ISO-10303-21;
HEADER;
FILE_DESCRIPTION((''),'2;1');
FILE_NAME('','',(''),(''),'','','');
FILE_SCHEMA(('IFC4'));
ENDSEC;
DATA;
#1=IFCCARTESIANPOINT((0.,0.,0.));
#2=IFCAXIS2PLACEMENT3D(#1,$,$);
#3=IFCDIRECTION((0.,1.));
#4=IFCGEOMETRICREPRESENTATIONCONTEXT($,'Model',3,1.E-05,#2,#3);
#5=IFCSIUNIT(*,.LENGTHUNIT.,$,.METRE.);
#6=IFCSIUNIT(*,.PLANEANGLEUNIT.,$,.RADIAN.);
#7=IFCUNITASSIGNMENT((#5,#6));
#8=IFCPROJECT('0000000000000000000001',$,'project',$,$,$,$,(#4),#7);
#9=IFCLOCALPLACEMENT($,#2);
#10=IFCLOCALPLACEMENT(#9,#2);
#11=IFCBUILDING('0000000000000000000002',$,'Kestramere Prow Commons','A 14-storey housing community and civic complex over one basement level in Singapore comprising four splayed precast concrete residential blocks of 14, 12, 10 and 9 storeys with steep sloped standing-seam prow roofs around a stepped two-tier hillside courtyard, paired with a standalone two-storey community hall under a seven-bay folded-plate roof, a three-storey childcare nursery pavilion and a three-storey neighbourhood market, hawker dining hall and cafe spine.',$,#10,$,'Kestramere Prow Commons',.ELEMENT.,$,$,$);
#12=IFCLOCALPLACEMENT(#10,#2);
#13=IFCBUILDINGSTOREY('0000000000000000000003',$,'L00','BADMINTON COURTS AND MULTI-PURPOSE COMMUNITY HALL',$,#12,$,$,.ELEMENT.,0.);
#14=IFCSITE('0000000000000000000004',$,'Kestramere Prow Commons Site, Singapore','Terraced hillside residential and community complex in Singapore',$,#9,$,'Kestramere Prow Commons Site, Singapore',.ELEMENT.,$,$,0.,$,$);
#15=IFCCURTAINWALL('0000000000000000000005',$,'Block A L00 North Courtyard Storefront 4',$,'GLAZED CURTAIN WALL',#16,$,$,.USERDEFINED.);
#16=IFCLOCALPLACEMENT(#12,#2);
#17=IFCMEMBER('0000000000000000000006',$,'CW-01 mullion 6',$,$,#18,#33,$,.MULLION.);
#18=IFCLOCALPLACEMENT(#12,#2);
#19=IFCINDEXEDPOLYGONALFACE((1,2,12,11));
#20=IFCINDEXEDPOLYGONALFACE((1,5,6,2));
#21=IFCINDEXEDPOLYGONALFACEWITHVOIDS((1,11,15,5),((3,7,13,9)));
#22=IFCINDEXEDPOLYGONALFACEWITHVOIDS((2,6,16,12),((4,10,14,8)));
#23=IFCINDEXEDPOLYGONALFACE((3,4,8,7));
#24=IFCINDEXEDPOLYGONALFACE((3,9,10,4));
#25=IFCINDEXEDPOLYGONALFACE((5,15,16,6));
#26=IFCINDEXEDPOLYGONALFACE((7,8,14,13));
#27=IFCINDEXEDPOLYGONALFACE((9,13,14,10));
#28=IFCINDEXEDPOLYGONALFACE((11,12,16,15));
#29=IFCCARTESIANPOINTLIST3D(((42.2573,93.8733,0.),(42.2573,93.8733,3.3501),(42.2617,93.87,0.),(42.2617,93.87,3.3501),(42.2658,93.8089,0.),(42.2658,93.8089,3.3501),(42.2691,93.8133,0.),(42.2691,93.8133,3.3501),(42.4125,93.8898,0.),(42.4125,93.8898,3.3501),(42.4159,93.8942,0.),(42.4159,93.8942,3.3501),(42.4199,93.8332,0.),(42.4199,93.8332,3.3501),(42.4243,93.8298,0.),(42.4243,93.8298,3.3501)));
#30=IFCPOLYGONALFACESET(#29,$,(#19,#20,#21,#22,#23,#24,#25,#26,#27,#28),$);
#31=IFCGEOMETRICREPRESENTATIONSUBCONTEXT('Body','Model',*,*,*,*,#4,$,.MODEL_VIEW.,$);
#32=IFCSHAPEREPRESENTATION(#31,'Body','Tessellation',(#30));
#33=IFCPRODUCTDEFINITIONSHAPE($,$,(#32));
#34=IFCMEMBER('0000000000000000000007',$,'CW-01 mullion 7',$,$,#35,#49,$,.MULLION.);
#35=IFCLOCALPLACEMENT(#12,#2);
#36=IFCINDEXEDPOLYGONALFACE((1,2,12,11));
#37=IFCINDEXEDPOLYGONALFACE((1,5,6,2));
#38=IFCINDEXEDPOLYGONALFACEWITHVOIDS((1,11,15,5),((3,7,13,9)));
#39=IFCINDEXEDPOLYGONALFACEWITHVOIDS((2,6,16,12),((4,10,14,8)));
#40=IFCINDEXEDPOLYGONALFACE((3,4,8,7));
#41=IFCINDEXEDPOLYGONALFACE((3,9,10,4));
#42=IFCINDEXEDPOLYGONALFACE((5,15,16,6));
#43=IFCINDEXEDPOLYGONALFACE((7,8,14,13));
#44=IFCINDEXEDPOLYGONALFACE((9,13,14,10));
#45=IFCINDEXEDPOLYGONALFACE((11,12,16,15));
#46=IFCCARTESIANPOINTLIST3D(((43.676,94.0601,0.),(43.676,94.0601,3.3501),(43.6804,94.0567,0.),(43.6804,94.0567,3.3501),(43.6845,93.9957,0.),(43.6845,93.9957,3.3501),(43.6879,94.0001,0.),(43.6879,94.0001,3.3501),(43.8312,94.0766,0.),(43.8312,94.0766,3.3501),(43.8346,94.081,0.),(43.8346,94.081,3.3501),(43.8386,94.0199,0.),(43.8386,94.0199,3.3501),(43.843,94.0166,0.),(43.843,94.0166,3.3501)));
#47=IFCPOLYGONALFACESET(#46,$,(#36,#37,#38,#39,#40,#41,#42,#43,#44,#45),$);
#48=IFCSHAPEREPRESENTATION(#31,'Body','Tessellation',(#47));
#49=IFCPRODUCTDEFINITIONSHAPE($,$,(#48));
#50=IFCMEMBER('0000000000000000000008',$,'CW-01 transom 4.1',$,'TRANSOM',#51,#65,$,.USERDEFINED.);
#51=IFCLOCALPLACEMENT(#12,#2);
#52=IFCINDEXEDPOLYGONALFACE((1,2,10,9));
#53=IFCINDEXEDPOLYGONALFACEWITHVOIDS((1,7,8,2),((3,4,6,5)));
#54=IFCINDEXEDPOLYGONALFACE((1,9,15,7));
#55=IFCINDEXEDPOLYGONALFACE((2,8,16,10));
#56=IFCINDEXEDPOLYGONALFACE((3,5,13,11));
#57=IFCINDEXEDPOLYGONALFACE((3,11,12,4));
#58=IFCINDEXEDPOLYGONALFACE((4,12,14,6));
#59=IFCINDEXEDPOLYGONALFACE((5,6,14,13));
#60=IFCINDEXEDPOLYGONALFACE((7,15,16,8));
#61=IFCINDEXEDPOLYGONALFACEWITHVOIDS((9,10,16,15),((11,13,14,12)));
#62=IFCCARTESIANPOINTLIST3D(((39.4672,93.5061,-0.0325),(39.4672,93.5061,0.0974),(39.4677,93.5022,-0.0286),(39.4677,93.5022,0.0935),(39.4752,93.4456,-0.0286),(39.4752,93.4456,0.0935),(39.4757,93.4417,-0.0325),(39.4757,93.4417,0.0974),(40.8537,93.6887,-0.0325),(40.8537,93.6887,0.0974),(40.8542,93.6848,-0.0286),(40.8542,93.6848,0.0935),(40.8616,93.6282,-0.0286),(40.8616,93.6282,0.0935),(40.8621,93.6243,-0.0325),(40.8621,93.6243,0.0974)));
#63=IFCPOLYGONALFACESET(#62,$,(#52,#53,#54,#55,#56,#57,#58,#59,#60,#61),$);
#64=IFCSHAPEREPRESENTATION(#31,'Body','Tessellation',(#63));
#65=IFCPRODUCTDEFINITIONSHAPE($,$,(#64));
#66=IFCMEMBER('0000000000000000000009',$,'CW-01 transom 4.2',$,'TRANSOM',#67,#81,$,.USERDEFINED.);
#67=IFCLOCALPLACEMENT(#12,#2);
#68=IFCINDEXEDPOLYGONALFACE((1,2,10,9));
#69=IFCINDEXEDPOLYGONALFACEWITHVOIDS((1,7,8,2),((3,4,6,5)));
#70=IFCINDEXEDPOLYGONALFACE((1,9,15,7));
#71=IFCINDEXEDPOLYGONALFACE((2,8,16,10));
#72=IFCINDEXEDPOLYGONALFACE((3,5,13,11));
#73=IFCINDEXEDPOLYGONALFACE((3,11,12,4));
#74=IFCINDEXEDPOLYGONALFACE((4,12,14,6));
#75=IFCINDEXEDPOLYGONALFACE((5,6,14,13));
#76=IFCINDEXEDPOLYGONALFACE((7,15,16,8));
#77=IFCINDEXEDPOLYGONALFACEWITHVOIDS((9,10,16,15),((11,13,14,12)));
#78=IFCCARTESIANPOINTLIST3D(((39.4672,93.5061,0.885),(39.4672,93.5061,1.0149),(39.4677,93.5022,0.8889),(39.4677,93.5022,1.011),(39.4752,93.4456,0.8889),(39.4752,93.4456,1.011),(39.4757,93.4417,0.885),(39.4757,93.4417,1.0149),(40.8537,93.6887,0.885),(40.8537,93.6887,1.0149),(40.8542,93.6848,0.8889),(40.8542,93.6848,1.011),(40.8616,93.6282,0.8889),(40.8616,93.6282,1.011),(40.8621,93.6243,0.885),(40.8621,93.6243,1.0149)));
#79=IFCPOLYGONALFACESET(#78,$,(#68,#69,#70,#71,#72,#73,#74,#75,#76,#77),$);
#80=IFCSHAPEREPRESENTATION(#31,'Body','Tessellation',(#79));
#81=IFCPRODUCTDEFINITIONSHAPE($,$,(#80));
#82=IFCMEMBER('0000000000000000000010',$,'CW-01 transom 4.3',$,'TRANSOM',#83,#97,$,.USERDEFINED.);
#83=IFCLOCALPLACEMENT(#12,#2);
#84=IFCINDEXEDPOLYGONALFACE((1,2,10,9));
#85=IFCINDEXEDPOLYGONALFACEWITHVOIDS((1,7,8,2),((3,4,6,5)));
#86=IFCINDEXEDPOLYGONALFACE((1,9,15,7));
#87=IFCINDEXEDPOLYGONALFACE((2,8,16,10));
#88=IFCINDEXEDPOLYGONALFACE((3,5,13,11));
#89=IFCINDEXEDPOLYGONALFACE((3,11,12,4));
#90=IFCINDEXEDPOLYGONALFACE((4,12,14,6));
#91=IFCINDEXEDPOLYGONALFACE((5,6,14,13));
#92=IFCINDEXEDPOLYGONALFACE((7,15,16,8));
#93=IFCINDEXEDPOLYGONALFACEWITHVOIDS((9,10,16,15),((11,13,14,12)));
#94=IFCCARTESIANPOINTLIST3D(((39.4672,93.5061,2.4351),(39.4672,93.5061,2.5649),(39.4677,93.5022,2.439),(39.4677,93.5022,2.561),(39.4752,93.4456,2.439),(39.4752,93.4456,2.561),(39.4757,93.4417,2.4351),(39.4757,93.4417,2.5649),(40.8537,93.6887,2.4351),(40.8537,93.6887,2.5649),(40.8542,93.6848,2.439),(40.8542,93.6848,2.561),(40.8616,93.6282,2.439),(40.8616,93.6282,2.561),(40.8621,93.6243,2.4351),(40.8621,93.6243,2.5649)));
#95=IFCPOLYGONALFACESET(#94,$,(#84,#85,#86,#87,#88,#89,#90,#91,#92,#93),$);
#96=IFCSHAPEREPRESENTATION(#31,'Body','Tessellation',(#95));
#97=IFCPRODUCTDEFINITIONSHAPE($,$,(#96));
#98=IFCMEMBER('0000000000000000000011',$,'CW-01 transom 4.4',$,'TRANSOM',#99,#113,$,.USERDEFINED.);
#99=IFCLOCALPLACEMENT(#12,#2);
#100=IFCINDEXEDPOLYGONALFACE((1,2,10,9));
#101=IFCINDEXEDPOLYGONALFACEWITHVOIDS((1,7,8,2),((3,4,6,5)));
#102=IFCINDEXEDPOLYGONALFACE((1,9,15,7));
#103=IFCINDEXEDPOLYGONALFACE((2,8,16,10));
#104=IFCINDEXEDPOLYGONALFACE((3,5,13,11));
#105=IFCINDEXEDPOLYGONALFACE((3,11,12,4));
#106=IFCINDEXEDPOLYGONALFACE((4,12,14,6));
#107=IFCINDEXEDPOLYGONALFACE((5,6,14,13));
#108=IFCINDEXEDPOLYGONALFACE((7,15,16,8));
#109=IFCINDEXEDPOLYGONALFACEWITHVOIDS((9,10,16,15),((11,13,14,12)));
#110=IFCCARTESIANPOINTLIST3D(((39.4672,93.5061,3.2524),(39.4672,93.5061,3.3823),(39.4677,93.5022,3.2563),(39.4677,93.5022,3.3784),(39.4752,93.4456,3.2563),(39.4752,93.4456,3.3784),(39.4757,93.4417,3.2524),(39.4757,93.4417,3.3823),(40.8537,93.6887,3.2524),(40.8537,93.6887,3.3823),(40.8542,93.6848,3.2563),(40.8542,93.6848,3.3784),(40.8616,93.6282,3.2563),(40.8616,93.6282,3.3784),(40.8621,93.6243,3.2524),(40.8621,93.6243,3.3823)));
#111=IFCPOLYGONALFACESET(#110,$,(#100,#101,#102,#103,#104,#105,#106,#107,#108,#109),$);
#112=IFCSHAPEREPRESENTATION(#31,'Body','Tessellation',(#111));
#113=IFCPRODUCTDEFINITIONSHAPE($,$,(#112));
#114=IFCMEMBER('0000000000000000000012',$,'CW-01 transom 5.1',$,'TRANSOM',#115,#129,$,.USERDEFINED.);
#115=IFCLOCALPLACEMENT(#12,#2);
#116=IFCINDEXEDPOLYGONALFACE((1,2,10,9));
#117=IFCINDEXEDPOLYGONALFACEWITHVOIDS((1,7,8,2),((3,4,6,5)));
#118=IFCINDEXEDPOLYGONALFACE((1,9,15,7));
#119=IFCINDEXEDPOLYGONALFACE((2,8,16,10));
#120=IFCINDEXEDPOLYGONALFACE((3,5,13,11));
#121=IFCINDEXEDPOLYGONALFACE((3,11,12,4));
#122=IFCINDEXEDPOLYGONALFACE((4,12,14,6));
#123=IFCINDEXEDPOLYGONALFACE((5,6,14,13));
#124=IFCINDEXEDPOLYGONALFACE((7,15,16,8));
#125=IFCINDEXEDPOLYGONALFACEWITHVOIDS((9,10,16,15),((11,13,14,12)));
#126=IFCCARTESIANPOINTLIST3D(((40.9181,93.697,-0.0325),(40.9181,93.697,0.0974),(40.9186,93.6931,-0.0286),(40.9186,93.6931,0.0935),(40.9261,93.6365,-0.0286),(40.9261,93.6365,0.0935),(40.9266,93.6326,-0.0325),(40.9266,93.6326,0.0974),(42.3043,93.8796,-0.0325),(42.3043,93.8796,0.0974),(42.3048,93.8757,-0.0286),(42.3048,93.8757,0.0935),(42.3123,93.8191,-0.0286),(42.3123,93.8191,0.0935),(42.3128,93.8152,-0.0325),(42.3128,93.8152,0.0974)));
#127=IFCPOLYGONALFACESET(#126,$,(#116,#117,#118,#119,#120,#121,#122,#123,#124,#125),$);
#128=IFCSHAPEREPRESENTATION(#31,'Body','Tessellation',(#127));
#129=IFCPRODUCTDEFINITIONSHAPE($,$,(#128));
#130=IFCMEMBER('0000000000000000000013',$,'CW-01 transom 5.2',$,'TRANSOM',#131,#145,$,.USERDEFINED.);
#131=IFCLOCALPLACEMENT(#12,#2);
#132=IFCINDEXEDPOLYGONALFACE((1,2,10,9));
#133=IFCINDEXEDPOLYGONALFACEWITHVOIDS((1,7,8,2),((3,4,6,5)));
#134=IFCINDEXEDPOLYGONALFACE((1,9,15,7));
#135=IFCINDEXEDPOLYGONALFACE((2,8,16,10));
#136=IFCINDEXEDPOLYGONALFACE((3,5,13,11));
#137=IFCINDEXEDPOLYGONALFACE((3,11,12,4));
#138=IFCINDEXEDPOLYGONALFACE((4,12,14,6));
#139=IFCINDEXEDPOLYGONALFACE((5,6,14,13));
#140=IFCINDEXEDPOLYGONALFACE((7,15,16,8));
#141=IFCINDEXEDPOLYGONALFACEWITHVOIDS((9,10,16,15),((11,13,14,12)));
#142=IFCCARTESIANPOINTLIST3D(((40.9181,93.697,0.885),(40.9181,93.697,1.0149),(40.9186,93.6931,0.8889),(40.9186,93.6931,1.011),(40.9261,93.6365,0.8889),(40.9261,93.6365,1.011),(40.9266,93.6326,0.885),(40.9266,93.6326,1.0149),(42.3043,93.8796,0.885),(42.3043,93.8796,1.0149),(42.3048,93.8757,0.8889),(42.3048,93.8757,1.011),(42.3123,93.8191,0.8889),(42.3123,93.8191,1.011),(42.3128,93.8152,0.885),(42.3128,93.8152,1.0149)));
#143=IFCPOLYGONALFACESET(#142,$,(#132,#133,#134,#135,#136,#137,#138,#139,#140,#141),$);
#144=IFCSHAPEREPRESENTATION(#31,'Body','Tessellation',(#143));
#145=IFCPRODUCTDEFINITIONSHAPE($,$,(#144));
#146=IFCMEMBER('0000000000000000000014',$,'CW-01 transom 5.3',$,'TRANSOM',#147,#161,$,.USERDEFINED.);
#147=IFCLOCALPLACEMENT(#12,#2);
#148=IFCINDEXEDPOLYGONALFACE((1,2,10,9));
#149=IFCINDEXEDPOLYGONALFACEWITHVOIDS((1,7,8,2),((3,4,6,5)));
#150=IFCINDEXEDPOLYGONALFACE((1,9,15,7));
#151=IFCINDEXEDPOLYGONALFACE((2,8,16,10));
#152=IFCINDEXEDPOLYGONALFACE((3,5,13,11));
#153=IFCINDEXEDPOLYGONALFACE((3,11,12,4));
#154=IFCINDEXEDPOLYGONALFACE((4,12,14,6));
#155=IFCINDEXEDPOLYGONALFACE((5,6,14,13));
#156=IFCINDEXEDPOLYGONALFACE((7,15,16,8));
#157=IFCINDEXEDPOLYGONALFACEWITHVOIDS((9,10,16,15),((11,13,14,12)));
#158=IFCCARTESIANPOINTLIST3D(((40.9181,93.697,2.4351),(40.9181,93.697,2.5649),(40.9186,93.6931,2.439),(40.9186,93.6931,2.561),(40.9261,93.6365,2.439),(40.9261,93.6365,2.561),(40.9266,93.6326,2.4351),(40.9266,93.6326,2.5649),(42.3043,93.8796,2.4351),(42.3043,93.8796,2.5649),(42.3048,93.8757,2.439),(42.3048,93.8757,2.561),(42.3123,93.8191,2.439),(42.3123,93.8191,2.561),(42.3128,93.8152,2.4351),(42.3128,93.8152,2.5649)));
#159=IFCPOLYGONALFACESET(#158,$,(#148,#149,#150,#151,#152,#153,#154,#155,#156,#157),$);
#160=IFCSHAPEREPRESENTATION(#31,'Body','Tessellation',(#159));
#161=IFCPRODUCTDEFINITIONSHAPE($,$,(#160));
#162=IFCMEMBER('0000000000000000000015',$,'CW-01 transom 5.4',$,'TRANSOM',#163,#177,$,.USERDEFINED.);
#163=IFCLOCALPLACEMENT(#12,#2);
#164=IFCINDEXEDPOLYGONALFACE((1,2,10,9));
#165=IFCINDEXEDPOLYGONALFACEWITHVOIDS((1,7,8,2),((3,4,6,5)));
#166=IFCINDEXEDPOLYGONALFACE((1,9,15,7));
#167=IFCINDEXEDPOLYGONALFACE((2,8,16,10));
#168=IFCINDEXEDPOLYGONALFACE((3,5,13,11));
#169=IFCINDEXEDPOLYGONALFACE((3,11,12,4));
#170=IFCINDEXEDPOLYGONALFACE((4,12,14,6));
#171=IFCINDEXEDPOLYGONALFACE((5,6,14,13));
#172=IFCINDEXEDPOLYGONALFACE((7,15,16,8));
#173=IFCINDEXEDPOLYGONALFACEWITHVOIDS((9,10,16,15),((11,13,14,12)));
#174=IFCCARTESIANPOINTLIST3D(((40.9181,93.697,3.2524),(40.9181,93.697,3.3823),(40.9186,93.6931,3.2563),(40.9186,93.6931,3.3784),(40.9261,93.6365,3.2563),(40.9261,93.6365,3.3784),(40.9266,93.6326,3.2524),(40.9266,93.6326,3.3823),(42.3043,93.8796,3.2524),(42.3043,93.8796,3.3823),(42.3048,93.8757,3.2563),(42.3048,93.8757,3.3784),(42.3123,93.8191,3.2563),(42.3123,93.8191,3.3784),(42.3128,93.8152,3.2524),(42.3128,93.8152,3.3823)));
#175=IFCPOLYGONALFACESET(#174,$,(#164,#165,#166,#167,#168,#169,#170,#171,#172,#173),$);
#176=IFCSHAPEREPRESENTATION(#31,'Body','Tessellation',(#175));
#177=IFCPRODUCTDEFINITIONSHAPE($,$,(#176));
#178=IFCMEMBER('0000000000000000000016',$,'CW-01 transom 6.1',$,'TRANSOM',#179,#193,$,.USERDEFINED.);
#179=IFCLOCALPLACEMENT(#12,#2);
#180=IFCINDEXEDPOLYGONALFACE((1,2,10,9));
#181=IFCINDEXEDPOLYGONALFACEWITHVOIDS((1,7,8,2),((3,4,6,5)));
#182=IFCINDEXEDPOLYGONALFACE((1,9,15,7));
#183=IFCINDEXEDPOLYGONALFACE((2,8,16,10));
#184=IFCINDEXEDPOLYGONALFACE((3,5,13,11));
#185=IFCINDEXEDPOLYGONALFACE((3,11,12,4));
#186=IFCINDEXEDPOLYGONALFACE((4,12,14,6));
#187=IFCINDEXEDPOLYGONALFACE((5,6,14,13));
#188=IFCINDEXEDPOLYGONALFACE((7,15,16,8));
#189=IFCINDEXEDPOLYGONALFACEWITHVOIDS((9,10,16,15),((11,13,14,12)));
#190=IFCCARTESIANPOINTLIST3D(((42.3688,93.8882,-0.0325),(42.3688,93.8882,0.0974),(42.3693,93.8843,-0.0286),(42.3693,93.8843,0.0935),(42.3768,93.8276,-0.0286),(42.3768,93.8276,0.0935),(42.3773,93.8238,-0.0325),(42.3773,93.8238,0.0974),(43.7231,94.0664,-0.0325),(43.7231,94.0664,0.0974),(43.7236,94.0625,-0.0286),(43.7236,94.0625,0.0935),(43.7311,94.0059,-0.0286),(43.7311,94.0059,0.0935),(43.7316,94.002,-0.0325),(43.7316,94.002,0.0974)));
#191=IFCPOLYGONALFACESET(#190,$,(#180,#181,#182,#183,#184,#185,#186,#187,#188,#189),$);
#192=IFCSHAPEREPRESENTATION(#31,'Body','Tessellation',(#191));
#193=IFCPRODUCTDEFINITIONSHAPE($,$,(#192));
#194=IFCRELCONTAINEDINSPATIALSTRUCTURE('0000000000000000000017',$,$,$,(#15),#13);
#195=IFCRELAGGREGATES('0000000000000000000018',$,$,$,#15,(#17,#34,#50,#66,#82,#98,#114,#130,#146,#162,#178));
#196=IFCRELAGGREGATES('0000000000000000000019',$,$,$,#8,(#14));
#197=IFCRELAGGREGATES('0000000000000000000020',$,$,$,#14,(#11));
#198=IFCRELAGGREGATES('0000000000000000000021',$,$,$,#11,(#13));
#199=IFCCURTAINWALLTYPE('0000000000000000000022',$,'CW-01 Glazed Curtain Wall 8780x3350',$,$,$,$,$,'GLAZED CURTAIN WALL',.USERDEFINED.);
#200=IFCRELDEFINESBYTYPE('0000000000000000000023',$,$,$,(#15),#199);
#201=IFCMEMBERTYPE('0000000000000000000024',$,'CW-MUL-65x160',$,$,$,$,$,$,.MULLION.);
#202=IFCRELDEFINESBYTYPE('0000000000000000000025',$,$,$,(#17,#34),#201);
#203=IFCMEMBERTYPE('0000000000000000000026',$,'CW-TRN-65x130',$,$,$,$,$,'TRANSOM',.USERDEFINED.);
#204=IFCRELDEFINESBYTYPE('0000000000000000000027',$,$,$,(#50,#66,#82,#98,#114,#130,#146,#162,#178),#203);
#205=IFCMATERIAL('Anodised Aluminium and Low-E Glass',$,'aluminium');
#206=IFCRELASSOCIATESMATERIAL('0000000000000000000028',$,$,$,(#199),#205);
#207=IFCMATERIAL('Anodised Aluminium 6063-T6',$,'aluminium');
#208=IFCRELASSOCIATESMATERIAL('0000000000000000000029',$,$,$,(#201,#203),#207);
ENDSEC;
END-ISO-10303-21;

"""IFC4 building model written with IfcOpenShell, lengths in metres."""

from ifc_helpers import new_model, si_unit, direction, frame, origin, origin_2d, place, context, subcontext, project, spatial, hollow_rectangle, extrude, material, material_profile, profile_set, type_object, element, aggregate, save


model = new_model("IFC4")

# Units and contexts
model_context = context("Model", 3, precision=1e-05, world=origin(), true_north=direction((0.0, 1.0)))
body_context = subcontext(model_context, "Body", "Model", "MODEL_VIEW")
ifc_project = project(units=[si_unit("LENGTHUNIT", "METRE"), si_unit("PLANEANGLEUNIT", "RADIAN")], contexts=[model_context])

# Site, building, storey
site_placement = place(None, origin())
site = spatial("IfcSite", under=ifc_project, at=site_placement, Name="Kestramere Prow Commons Site, Singapore", Description="Terraced hillside residential and community complex in Singapore", LongName="Kestramere Prow Commons Site, Singapore", CompositionType="ELEMENT", RefElevation=0.0)
building_placement = place(site_placement, origin())
building = spatial("IfcBuilding", under=site, at=building_placement, Name="Kestramere Prow Commons", Description="A 14-storey housing community and civic complex over one basement level in Singapore comprising four splayed precast concrete residential blocks of 14, 12, 10 and 9 storeys with steep sloped standing-seam prow roofs around a stepped two-tier hillside courtyard, paired with a standalone two-storey community hall under a seven-bay folded-plate roof, a three-storey childcare nursery pavilion and a three-storey neighbourhood market, hawker dining hall and cafe spine.", LongName="Kestramere Prow Commons", CompositionType="ELEMENT")
storey_placement = place(building_placement, origin())
storey = spatial("IfcBuildingStorey", under=building, at=storey_placement, Name="L00", Description="BADMINTON COURTS AND MULTI-PURPOSE COMMUNITY HALL", CompositionType="ELEMENT", Elevation=0.0)

# Curtain wall, members
ifc_material_1 = material(Name="Anodised Aluminium and Low-E Glass", Category="aluminium")
curtain_wall_type = type_object("IfcCurtainWallType", Name="CW-01 Glazed Curtain Wall 8780x3350", ElementType="GLAZED CURTAIN WALL", PredefinedType="USERDEFINED", material=ifc_material_1)
curtain_wall_placement = place(storey_placement, origin())
curtain_wall = element("IfcCurtainWall", 1, at=curtain_wall_placement, inside=storey, type_object=curtain_wall_type, Name="Block A L00 North Courtyard Storefront 4", ObjectType="GLAZED CURTAIN WALL", PredefinedType="USERDEFINED")
ifc_material_2 = material(Name="Anodised Aluminium 6063-T6", Category="aluminium")
ifc_material_profile_1 = material_profile(ifc_material_2, hollow_rectangle(XDim=0.0649, YDim=0.1599, WallThickness=0.0039, at=origin_2d()), Name="ALU-MUL 65x160")
ifc_profile_set_1 = profile_set([ifc_material_profile_1], Name="Anodised Aluminium 6063-T6")
member_type_1 = type_object("IfcMemberType", Name="CW-MUL-65x160", PredefinedType="MULLION", material=ifc_profile_set_1)
member_1_placement = place(storey_placement, frame((42.3408, 93.8516, 0.0), z_axis=(0.0, 0.0, 1.0), x_axis=(-0.130526, 0.991445, 0.0)))
member_1 = element("IfcMember", 2, at=member_1_placement, type_object=member_type_1, Name="CW-01 mullion 6", PredefinedType="MULLION", context=body_context, shape_type="SweptSolid", body=[
    extrude(hollow_rectangle(XDim=0.0649, YDim=0.1599, WallThickness=0.0039, at=origin_2d()), origin(), (0.0, 0.0, 1.0), 3.3501),
])
member_2_placement = place(storey_placement, frame((43.7595, 94.0383, 0.0), z_axis=(0.0, 0.0, 1.0), x_axis=(-0.130526, 0.991445, 0.0)))
member_2 = element("IfcMember", 3, at=member_2_placement, type_object=member_type_1, Name="CW-01 mullion 7", PredefinedType="MULLION", context=body_context, shape_type="SweptSolid", body=[
    extrude(hollow_rectangle(XDim=0.0649, YDim=0.1599, WallThickness=0.0039, at=origin_2d()), origin(), (0.0, 0.0, 1.0), 3.3501),
])
ifc_material_profile_2 = material_profile(ifc_material_2, hollow_rectangle(XDim=0.0649, YDim=0.1299, WallThickness=0.0039, at=origin_2d()), Name="ALU-TRN 65x130")
ifc_profile_set_2 = profile_set([ifc_material_profile_2], Name="Anodised Aluminium 6063-T6")
member_type_2 = type_object("IfcMemberType", Name="CW-TRN-65x130", ElementType="TRANSOM", PredefinedType="USERDEFINED", material=ifc_profile_set_2)
member_3_placement = place(storey_placement, frame((39.4714, 93.4739, 0.0325), z_axis=(0.991437, 0.130585, 0.0), x_axis=(-0.130585, 0.991437, 0.0)))
member_3 = element("IfcMember", 4, at=member_3_placement, type_object=member_type_2, Name="CW-01 transom 4.1", ObjectType="TRANSOM", PredefinedType="USERDEFINED", context=body_context, shape_type="SweptSolid", body=[
    extrude(hollow_rectangle(XDim=0.0649, YDim=0.1299, WallThickness=0.0039, at=origin_2d()), origin(), (0.0, 0.0, 1.0), 1.3984),
])
member_4_placement = place(storey_placement, frame((39.4714, 93.4739, 0.95), z_axis=(0.991437, 0.130585, 0.0), x_axis=(-0.130585, 0.991437, 0.0)))
member_4 = element("IfcMember", 5, at=member_4_placement, type_object=member_type_2, Name="CW-01 transom 4.2", ObjectType="TRANSOM", PredefinedType="USERDEFINED", context=body_context, shape_type="SweptSolid", body=[
    extrude(hollow_rectangle(XDim=0.0649, YDim=0.1299, WallThickness=0.0039, at=origin_2d()), origin(), (0.0, 0.0, 1.0), 1.3984),
])
member_5_placement = place(storey_placement, frame((39.4714, 93.4739, 2.5), z_axis=(0.991437, 0.130585, 0.0), x_axis=(-0.130585, 0.991437, 0.0)))
member_5 = element("IfcMember", 6, at=member_5_placement, type_object=member_type_2, Name="CW-01 transom 4.3", ObjectType="TRANSOM", PredefinedType="USERDEFINED", context=body_context, shape_type="SweptSolid", body=[
    extrude(hollow_rectangle(XDim=0.0649, YDim=0.1299, WallThickness=0.0039, at=origin_2d()), origin(), (0.0, 0.0, 1.0), 1.3984),
])
member_6_placement = place(storey_placement, frame((39.4714, 93.4739, 3.3174), z_axis=(0.991437, 0.130585, 0.0), x_axis=(-0.130585, 0.991437, 0.0)))
member_6 = element("IfcMember", 7, at=member_6_placement, type_object=member_type_2, Name="CW-01 transom 4.4", ObjectType="TRANSOM", PredefinedType="USERDEFINED", context=body_context, shape_type="SweptSolid", body=[
    extrude(hollow_rectangle(XDim=0.0649, YDim=0.1299, WallThickness=0.0039, at=origin_2d()), origin(), (0.0, 0.0, 1.0), 1.3984),
])
member_7_placement = place(storey_placement, frame((40.9224, 93.6648, 0.0325), z_axis=(0.991434, 0.130608, 0.0), x_axis=(-0.130608, 0.991434, 0.0)))
member_7 = element("IfcMember", 8, at=member_7_placement, type_object=member_type_2, Name="CW-01 transom 5.1", ObjectType="TRANSOM", PredefinedType="USERDEFINED", context=body_context, shape_type="SweptSolid", body=[
    extrude(hollow_rectangle(XDim=0.0649, YDim=0.1299, WallThickness=0.0039, at=origin_2d()), origin(), (0.0, 0.0, 1.0), 1.3982),
])
member_8_placement = place(storey_placement, frame((40.9224, 93.6648, 0.95), z_axis=(0.991434, 0.130608, 0.0), x_axis=(-0.130608, 0.991434, 0.0)))
member_8 = element("IfcMember", 9, at=member_8_placement, type_object=member_type_2, Name="CW-01 transom 5.2", ObjectType="TRANSOM", PredefinedType="USERDEFINED", context=body_context, shape_type="SweptSolid", body=[
    extrude(hollow_rectangle(XDim=0.0649, YDim=0.1299, WallThickness=0.0039, at=origin_2d()), origin(), (0.0, 0.0, 1.0), 1.3982),
])
member_9_placement = place(storey_placement, frame((40.9224, 93.6648, 2.5), z_axis=(0.991434, 0.130608, 0.0), x_axis=(-0.130608, 0.991434, 0.0)))
member_9 = element("IfcMember", 10, at=member_9_placement, type_object=member_type_2, Name="CW-01 transom 5.3", ObjectType="TRANSOM", PredefinedType="USERDEFINED", context=body_context, shape_type="SweptSolid", body=[
    extrude(hollow_rectangle(XDim=0.0649, YDim=0.1299, WallThickness=0.0039, at=origin_2d()), origin(), (0.0, 0.0, 1.0), 1.3982),
])
member_10_placement = place(storey_placement, frame((40.9224, 93.6648, 3.3174), z_axis=(0.991434, 0.130608, 0.0), x_axis=(-0.130608, 0.991434, 0.0)))
member_10 = element("IfcMember", 11, at=member_10_placement, type_object=member_type_2, Name="CW-01 transom 5.4", ObjectType="TRANSOM", PredefinedType="USERDEFINED", context=body_context, shape_type="SweptSolid", body=[
    extrude(hollow_rectangle(XDim=0.0649, YDim=0.1299, WallThickness=0.0039, at=origin_2d()), origin(), (0.0, 0.0, 1.0), 1.3982),
])
member_11_placement = place(storey_placement, frame((42.373, 93.856, 0.0325), z_axis=(0.991451, 0.130478, 0.0), x_axis=(-0.130478, 0.991451, 0.0)))
member_11 = element("IfcMember", 12, at=member_11_placement, type_object=member_type_2, Name="CW-01 transom 6.1", ObjectType="TRANSOM", PredefinedType="USERDEFINED", context=body_context, shape_type="SweptSolid", body=[
    extrude(hollow_rectangle(XDim=0.0649, YDim=0.1299, WallThickness=0.0039, at=origin_2d()), origin(), (0.0, 0.0, 1.0), 1.366),
])
aggregate(curtain_wall, [member_1, member_2, member_3, member_4, member_5, member_6, member_7, member_8, member_9, member_10, member_11])

save(model, "model.ifc")
